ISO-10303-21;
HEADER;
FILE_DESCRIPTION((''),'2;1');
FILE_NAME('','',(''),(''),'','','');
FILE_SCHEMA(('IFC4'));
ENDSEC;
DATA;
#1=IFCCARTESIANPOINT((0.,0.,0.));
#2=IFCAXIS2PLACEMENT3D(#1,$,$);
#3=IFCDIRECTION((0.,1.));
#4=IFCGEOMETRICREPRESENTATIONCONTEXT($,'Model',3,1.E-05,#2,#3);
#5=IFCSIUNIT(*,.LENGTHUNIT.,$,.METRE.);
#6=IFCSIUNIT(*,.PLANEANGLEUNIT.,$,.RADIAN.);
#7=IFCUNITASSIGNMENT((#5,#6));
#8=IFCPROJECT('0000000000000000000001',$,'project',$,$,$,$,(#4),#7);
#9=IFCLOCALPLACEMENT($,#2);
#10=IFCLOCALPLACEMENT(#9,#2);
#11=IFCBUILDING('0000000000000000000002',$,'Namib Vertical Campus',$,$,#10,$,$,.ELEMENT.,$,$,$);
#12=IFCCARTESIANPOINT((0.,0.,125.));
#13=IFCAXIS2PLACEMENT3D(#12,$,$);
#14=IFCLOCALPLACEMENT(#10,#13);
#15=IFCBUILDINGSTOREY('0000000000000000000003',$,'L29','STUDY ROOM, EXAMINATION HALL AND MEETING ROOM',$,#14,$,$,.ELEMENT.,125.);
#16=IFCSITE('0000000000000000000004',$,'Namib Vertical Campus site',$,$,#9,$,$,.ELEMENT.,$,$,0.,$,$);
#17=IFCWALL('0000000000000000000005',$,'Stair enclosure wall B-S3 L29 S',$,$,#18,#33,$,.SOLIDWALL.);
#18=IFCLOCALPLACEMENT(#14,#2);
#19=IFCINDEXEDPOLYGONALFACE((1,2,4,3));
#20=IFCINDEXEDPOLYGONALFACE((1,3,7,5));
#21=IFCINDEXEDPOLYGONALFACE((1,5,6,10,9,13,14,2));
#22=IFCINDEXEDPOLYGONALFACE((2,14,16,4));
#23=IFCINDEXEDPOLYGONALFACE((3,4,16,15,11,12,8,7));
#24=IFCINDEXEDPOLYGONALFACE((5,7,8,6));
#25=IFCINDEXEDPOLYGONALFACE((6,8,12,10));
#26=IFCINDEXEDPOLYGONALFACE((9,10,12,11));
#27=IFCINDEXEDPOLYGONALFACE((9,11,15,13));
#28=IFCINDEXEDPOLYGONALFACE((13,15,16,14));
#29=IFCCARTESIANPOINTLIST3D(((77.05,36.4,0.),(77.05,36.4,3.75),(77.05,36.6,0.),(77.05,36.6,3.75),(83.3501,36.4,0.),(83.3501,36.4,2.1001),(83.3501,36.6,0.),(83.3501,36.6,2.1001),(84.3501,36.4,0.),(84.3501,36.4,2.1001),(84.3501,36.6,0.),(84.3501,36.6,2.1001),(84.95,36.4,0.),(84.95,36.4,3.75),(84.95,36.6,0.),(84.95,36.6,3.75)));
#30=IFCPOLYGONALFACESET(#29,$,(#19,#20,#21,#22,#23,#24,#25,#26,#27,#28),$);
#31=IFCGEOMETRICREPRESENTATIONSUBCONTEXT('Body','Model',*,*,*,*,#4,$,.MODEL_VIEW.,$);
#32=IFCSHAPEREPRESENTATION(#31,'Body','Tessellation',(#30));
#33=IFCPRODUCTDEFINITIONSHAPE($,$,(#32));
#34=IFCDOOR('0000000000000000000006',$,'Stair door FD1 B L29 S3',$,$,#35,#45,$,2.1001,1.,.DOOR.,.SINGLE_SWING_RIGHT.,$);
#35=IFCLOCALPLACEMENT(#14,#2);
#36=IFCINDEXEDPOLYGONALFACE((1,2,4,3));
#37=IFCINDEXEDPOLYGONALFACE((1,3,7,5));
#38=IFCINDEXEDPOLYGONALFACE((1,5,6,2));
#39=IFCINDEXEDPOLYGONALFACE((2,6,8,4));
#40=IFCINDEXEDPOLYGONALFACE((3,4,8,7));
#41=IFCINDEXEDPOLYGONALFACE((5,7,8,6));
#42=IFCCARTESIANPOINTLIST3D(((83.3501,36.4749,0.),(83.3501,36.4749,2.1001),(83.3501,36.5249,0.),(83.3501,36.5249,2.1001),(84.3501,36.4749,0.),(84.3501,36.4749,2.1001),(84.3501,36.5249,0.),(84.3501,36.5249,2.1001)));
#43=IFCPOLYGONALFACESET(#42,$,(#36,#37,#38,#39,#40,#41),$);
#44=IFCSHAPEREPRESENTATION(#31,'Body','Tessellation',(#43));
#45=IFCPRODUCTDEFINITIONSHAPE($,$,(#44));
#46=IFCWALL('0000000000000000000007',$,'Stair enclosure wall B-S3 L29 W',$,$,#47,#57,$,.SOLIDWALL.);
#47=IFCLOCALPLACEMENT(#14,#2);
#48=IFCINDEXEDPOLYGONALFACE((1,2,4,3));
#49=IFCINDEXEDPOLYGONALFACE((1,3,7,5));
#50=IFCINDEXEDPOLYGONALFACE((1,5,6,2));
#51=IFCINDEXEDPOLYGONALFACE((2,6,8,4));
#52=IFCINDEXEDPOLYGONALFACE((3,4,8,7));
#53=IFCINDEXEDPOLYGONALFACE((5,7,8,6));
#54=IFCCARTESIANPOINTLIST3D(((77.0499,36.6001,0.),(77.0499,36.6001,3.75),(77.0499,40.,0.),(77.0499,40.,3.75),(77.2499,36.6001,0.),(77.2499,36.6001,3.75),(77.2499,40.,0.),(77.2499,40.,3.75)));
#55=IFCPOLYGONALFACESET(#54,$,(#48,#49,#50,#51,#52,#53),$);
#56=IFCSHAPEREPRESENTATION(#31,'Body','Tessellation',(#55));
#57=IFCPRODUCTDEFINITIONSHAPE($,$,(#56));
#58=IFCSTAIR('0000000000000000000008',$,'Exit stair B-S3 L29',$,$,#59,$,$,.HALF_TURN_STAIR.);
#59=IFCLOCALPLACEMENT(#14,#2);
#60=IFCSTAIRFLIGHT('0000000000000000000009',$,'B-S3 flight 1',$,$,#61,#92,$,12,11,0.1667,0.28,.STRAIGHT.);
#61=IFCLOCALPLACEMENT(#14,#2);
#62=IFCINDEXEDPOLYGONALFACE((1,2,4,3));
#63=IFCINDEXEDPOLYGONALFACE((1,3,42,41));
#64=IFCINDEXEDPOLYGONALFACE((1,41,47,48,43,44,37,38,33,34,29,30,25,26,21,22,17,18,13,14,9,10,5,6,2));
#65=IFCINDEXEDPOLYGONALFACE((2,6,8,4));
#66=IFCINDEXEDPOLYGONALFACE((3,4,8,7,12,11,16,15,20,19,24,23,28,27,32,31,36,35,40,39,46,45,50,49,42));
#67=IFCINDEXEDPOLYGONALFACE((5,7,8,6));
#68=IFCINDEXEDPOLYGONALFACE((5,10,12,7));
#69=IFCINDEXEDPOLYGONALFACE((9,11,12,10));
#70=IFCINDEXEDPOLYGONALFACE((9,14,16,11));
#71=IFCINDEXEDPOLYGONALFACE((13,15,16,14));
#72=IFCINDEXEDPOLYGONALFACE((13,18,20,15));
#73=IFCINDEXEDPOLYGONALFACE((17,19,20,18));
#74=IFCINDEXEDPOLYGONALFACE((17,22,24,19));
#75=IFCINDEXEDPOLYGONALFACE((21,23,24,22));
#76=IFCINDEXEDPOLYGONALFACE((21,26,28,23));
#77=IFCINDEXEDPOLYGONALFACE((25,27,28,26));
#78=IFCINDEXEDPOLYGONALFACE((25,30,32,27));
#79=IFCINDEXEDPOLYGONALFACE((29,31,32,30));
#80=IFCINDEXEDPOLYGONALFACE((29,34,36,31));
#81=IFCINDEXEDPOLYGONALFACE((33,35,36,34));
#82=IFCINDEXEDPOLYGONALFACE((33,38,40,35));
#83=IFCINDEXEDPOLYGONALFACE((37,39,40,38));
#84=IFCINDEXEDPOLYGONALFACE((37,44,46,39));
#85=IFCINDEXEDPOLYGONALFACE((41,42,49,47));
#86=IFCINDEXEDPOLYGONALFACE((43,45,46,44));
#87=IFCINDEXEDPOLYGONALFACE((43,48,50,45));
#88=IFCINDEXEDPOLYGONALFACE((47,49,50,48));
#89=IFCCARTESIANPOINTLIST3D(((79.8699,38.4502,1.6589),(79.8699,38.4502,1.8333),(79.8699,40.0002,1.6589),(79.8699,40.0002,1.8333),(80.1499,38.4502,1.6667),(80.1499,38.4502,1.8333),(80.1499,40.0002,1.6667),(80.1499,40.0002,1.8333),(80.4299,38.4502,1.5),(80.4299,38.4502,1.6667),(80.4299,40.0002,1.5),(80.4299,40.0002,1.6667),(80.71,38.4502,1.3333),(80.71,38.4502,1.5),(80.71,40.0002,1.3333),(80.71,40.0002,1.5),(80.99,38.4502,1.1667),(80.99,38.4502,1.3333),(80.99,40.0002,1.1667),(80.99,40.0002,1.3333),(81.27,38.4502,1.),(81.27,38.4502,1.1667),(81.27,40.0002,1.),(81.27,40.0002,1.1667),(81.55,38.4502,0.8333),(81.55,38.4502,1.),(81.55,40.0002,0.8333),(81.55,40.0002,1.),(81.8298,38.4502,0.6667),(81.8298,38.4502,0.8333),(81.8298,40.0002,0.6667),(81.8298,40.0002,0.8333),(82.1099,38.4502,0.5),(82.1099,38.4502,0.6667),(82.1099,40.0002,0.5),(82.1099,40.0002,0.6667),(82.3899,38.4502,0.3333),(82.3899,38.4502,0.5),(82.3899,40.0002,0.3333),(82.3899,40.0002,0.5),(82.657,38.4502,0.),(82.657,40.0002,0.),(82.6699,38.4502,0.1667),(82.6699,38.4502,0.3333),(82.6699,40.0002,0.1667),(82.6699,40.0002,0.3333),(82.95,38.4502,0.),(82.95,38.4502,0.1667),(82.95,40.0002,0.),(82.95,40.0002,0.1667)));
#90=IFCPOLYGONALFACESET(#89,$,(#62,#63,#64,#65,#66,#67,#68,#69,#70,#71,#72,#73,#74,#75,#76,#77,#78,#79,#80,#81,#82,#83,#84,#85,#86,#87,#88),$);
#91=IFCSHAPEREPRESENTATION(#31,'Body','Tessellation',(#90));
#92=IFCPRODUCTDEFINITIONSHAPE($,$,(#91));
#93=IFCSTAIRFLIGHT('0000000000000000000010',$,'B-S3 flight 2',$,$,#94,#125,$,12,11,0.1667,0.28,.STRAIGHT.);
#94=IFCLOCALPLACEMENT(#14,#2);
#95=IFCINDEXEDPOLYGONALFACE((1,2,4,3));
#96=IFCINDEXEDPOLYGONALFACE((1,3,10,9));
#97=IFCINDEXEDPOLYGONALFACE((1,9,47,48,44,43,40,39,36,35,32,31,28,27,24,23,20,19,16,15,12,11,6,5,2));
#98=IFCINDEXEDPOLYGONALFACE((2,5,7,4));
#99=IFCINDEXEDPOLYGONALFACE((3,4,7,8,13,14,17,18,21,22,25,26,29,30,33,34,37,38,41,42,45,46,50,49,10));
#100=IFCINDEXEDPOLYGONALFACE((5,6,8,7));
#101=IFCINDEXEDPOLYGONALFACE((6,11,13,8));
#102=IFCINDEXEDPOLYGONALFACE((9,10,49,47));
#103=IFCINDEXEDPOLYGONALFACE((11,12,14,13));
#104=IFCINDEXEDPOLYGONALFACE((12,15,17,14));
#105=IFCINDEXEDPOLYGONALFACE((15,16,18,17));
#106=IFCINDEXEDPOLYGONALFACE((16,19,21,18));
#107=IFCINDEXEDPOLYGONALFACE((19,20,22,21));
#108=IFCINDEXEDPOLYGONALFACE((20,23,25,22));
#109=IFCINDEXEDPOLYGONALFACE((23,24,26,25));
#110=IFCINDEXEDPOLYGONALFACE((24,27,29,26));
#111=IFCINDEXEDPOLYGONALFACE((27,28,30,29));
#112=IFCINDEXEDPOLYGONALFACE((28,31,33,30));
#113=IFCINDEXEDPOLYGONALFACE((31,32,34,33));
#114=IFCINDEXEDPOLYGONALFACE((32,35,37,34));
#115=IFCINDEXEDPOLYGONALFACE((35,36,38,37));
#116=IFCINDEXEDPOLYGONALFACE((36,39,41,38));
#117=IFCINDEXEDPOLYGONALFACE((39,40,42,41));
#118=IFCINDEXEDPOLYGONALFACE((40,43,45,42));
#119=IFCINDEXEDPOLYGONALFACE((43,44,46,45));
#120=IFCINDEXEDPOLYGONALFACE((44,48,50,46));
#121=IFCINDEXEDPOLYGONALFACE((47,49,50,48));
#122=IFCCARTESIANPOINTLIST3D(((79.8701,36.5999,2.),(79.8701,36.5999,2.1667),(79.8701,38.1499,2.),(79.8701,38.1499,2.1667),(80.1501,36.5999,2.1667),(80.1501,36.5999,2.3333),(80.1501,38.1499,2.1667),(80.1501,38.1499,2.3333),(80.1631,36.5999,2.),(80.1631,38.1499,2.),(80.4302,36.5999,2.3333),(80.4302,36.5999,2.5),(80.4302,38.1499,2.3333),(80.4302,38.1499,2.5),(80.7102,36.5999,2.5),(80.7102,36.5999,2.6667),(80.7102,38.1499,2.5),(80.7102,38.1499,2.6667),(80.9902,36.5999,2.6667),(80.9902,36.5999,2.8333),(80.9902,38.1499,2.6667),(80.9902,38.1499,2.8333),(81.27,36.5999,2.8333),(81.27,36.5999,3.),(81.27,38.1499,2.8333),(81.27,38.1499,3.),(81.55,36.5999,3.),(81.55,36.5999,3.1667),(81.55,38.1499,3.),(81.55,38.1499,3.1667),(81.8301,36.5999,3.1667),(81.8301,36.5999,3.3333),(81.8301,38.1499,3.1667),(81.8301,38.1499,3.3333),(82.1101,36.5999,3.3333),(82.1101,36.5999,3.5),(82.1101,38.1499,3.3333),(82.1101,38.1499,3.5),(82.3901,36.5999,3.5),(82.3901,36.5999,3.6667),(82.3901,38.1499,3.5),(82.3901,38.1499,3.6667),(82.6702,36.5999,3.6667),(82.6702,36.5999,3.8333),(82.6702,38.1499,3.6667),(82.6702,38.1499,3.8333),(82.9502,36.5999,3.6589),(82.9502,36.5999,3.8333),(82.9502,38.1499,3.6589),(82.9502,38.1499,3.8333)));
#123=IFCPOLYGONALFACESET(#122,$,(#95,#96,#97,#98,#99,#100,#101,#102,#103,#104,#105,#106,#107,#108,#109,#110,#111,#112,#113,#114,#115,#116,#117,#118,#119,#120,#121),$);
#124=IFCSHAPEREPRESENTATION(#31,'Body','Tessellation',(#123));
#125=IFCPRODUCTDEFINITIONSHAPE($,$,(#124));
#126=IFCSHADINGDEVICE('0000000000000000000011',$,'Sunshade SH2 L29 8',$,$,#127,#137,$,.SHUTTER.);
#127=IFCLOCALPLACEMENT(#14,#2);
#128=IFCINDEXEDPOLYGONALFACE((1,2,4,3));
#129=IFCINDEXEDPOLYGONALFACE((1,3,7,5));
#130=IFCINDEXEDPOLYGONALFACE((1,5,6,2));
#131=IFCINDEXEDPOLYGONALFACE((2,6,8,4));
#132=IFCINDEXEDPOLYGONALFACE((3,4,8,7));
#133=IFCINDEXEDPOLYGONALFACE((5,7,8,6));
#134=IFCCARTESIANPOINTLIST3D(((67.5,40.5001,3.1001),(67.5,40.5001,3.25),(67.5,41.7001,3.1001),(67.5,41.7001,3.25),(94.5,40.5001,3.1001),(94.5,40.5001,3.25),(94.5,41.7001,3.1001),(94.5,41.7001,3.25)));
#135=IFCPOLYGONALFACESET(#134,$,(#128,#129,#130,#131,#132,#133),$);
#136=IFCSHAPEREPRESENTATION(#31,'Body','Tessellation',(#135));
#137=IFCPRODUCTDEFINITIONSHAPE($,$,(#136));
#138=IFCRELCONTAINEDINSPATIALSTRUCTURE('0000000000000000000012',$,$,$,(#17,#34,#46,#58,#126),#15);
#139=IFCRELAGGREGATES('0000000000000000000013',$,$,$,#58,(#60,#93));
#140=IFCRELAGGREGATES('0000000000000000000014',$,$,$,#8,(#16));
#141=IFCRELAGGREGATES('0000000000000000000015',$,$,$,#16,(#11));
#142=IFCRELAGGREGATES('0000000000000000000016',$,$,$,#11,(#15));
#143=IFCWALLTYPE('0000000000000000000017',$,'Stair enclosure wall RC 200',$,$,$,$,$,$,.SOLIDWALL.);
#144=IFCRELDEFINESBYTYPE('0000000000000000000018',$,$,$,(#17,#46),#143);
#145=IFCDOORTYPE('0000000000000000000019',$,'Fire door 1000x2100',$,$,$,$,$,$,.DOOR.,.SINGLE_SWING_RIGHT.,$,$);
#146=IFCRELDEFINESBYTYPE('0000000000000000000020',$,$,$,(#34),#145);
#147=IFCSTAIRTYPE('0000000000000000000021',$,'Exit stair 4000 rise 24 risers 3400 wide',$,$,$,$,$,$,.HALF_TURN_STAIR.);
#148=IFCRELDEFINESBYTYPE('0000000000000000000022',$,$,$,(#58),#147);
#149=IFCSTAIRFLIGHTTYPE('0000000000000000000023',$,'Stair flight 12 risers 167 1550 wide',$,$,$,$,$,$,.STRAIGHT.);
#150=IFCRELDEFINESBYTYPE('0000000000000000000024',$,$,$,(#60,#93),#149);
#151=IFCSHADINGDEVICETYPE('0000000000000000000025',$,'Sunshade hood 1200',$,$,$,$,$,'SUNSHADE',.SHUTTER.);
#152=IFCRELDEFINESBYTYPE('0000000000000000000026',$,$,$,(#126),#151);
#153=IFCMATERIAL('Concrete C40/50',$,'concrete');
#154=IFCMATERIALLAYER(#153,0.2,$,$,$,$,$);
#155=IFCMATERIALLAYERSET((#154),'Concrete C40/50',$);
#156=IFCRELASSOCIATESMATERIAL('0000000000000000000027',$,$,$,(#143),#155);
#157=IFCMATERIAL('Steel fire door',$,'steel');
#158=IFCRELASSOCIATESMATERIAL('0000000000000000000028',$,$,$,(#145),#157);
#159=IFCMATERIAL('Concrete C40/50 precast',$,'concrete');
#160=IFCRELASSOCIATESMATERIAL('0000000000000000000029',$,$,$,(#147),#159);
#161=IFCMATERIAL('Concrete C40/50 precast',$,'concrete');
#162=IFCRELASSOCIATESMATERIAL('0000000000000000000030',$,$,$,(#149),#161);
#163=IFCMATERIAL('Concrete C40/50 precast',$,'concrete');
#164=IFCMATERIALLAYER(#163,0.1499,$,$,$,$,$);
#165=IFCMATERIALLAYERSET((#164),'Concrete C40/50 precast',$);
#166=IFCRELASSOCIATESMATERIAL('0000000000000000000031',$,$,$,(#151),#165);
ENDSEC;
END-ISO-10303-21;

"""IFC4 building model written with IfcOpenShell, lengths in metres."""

from ifc_helpers import new_model, si_unit, direction, frame, frame_2d, origin, origin_2d, place, context, subcontext, project, spatial, polyline, rectangle, outline, extrude, material, layer, layer_set, type_object, element, fill, aggregate, save


model = new_model("IFC4")

# Units and contexts
model_context = context("Model", 3, precision=1e-05, world=origin(), true_north=direction((0.0, 1.0)))
body_context = subcontext(model_context, "Body", "Model", "MODEL_VIEW")
ifc_project = project(units=[si_unit("LENGTHUNIT", "METRE"), si_unit("PLANEANGLEUNIT", "RADIAN")], contexts=[model_context])

# Site, building, storey
site_placement = place(None, origin())
site = spatial("IfcSite", under=ifc_project, at=site_placement, Name="Namib Vertical Campus site", CompositionType="ELEMENT", RefElevation=0.0)
building_placement = place(site_placement, origin())
building = spatial("IfcBuilding", under=site, at=building_placement, Name="Namib Vertical Campus", CompositionType="ELEMENT")
storey_placement = place(building_placement, frame((0.0, 0.0, 125.0)))
storey = spatial("IfcBuildingStorey", under=building, at=storey_placement, Name="L29", Description="STUDY ROOM, EXAMINATION HALL AND MEETING ROOM", CompositionType="ELEMENT", Elevation=125.0)

# Wall, opening, door
ifc_material_1 = material(Name="Concrete C40/50", Category="concrete")
ifc_layer_1 = layer(ifc_material_1, 0.2)
ifc_layer_set_1 = layer_set([ifc_layer_1], Name="Concrete C40/50")
wall_type_1 = type_object("IfcWallType", Name="Stair enclosure wall RC 200", PredefinedType="SOLIDWALL", material=ifc_layer_set_1)
wall_1_placement = place(storey_placement, frame((77.05, 36.5, 0.0), z_axis=(0.0, 0.0, 1.0), x_axis=(1.0, 0.0, 0.0)))
wall_1 = element("IfcWall", 1, at=wall_1_placement, inside=storey, type_object=wall_type_1, Name="Stair enclosure wall B-S3 L29 S", PredefinedType="SOLIDWALL", context=body_context, shape_type="SweptSolid", body=[
    extrude(rectangle(XDim=7.8999, YDim=0.2, at=frame_2d((3.95, 0.0))), origin(), (0.0, 0.0, 1.0), 3.75),
])
opening_1_placement = place(wall_1_placement, frame((6.3, 0.0, 0.0)))
opening_1 = element("IfcOpeningElement", 2, at=opening_1_placement, cuts=wall_1, PredefinedType="OPENING", context=body_context, shape_type="SweptSolid", body=[
    extrude(rectangle(XDim=1.0, YDim=2.1001, at=frame_2d((0.5, 1.05))), frame((0.0, 0.1099, 0.0), z_axis=(0.0, -1.0, 0.0), x_axis=(1.0, 0.0, 0.0)), (0.0, 0.0, 1.0), 0.22),
])
ifc_material_2 = material(Name="Steel fire door", Category="steel")
door_type_1 = type_object("IfcDoorType", Name="Fire door 1000x2100", OperationType="SINGLE_SWING_RIGHT", PredefinedType="DOOR", material=ifc_material_2)
door_1_placement = place(opening_1_placement, origin())
door_1 = element("IfcDoor", 3, at=door_1_placement, inside=storey, type_object=door_type_1, Name="Stair door FD1 B L29 S3", OperationType="SINGLE_SWING_RIGHT", OverallHeight=2.1001, OverallWidth=1.0, PredefinedType="DOOR", context=body_context, shape_type="SweptSolid", body=[
    extrude(rectangle(XDim=1.0, YDim=2.1001, at=frame_2d((0.5, 1.05))), frame((0.0, 0.0249, 0.0), z_axis=(0.0, -1.0, 0.0), x_axis=(1.0, 0.0, 0.0)), (0.0, 0.0, 1.0), 0.05),
])
fill(opening_1, door_1)

# Wall
wall_2_placement = place(storey_placement, frame((77.1499, 36.6001, 0.0), z_axis=(0.0, 0.0, 1.0), x_axis=(0.0, 1.0, 0.0)))
element("IfcWall", 4, at=wall_2_placement, inside=storey, type_object=wall_type_1, Name="Stair enclosure wall B-S3 L29 W", PredefinedType="SOLIDWALL", context=body_context, shape_type="SweptSolid", body=[
    extrude(rectangle(XDim=3.3999, YDim=0.2, at=frame_2d((1.7, 0.0))), origin(), (0.0, 0.0, 1.0), 3.75),
])

# Stair, stair flights
ifc_material_3 = material(Name="Concrete C40/50 precast", Category="concrete")
stair_type = type_object("IfcStairType", Name="Exit stair 4000 rise 24 risers 3400 wide", PredefinedType="HALF_TURN_STAIR", material=ifc_material_3)
stair_placement = place(storey_placement, origin())
stair = element("IfcStair", 5, at=stair_placement, inside=storey, type_object=stair_type, Name="Exit stair B-S3 L29", PredefinedType="HALF_TURN_STAIR")
ifc_material_4 = material(Name="Concrete C40/50 precast", Category="concrete")
stair_flight_type = type_object("IfcStairFlightType", Name="Stair flight 12 risers 167 1550 wide", PredefinedType="STRAIGHT", material=ifc_material_4)
stair_flight_1_placement = place(storey_placement, frame((82.95, 39.2251, 0.0), z_axis=(0.0, 0.0, 1.0), x_axis=(-1.0, 0.0, 0.0)))
stair_flight_1 = element("IfcStairFlight", 6, at=stair_flight_1_placement, type_object=stair_flight_type, Name="B-S3 flight 1", NumberOfRisers=12, NumberOfTreads=11, PredefinedType="STRAIGHT", RiserHeight=0.1667, TreadLength=0.28, context=body_context, shape_type="SweptSolid", body=[
    extrude(outline(polyline([(0.0, 0.0), (0.0, 0.1667), (0.28, 0.1667), (0.28, 0.3333), (0.5601, 0.3333), (0.5601, 0.5), (0.8401, 0.5), (0.8401, 0.6667), (1.1201, 0.6667), (1.1201, 0.8333), (1.3999, 0.8333), (1.3999, 1.0), (1.6799, 1.0), (1.6799, 1.1667), (1.96, 1.1667), (1.96, 1.3333), (2.24, 1.3333), (2.24, 1.5), (2.52, 1.5), (2.52, 1.6667), (2.8, 1.6667), (2.8, 1.8333), (3.0801, 1.8333), (3.0801, 2.0), (3.0801, 1.6589), (0.293, 0.0), (0.0, 0.0)])), frame((0.0, 0.7749, 0.0), z_axis=(0.0, -1.0, 0.0), x_axis=(1.0, 0.0, 0.0)), (0.0, 0.0, 1.0), 1.55),
])
stair_flight_2_placement = place(storey_placement, frame((79.8701, 37.375, 2.0), z_axis=(0.0, 0.0, 1.0), x_axis=(1.0, 0.0, 0.0)))
stair_flight_2 = element("IfcStairFlight", 7, at=stair_flight_2_placement, type_object=stair_flight_type, Name="B-S3 flight 2", NumberOfRisers=12, NumberOfTreads=11, PredefinedType="STRAIGHT", RiserHeight=0.1667, TreadLength=0.28, context=body_context, shape_type="SweptSolid", body=[
    extrude(outline(polyline([(0.0, 0.0), (0.0, 0.1667), (0.28, 0.1667), (0.28, 0.3333), (0.5601, 0.3333), (0.5601, 0.5), (0.8401, 0.5), (0.8401, 0.6667), (1.1201, 0.6667), (1.1201, 0.8333), (1.3999, 0.8333), (1.3999, 1.0), (1.6799, 1.0), (1.6799, 1.1667), (1.96, 1.1667), (1.96, 1.3333), (2.24, 1.3333), (2.24, 1.5), (2.52, 1.5), (2.52, 1.6667), (2.8, 1.6667), (2.8, 1.8333), (3.0801, 1.8333), (3.0801, 2.0), (3.0801, 1.6589), (0.293, 0.0), (0.0, 0.0)])), frame((0.0, 0.7749, 0.0), z_axis=(0.0, -1.0, 0.0), x_axis=(1.0, 0.0, 0.0)), (0.0, 0.0, 1.0), 1.55),
])
aggregate(stair, [stair_flight_1, stair_flight_2])

# Shading device
ifc_material_5 = material(Name="Concrete C40/50 precast", Category="concrete")
ifc_layer_2 = layer(ifc_material_5, 0.1499)
ifc_layer_set_2 = layer_set([ifc_layer_2], Name="Concrete C40/50 precast")
shading_device_type = type_object("IfcShadingDeviceType", Name="Sunshade hood 1200", ElementType="SUNSHADE", PredefinedType="SHUTTER", material=ifc_layer_set_2)
shading_device_placement = place(storey_placement, frame((81.0, 41.1001, 3.1001), z_axis=(0.0, 0.0, 1.0), x_axis=(-1.0, 0.0, 0.0)))
element("IfcShadingDevice", 8, at=shading_device_placement, inside=storey, type_object=shading_device_type, Name="Sunshade SH2 L29 8", PredefinedType="SHUTTER", context=body_context, shape_type="SweptSolid", body=[
    extrude(rectangle(XDim=27.0, YDim=1.2, at=origin_2d()), origin(), (0.0, 0.0, 1.0), 0.1499),
])

save(model, "model.ifc")
